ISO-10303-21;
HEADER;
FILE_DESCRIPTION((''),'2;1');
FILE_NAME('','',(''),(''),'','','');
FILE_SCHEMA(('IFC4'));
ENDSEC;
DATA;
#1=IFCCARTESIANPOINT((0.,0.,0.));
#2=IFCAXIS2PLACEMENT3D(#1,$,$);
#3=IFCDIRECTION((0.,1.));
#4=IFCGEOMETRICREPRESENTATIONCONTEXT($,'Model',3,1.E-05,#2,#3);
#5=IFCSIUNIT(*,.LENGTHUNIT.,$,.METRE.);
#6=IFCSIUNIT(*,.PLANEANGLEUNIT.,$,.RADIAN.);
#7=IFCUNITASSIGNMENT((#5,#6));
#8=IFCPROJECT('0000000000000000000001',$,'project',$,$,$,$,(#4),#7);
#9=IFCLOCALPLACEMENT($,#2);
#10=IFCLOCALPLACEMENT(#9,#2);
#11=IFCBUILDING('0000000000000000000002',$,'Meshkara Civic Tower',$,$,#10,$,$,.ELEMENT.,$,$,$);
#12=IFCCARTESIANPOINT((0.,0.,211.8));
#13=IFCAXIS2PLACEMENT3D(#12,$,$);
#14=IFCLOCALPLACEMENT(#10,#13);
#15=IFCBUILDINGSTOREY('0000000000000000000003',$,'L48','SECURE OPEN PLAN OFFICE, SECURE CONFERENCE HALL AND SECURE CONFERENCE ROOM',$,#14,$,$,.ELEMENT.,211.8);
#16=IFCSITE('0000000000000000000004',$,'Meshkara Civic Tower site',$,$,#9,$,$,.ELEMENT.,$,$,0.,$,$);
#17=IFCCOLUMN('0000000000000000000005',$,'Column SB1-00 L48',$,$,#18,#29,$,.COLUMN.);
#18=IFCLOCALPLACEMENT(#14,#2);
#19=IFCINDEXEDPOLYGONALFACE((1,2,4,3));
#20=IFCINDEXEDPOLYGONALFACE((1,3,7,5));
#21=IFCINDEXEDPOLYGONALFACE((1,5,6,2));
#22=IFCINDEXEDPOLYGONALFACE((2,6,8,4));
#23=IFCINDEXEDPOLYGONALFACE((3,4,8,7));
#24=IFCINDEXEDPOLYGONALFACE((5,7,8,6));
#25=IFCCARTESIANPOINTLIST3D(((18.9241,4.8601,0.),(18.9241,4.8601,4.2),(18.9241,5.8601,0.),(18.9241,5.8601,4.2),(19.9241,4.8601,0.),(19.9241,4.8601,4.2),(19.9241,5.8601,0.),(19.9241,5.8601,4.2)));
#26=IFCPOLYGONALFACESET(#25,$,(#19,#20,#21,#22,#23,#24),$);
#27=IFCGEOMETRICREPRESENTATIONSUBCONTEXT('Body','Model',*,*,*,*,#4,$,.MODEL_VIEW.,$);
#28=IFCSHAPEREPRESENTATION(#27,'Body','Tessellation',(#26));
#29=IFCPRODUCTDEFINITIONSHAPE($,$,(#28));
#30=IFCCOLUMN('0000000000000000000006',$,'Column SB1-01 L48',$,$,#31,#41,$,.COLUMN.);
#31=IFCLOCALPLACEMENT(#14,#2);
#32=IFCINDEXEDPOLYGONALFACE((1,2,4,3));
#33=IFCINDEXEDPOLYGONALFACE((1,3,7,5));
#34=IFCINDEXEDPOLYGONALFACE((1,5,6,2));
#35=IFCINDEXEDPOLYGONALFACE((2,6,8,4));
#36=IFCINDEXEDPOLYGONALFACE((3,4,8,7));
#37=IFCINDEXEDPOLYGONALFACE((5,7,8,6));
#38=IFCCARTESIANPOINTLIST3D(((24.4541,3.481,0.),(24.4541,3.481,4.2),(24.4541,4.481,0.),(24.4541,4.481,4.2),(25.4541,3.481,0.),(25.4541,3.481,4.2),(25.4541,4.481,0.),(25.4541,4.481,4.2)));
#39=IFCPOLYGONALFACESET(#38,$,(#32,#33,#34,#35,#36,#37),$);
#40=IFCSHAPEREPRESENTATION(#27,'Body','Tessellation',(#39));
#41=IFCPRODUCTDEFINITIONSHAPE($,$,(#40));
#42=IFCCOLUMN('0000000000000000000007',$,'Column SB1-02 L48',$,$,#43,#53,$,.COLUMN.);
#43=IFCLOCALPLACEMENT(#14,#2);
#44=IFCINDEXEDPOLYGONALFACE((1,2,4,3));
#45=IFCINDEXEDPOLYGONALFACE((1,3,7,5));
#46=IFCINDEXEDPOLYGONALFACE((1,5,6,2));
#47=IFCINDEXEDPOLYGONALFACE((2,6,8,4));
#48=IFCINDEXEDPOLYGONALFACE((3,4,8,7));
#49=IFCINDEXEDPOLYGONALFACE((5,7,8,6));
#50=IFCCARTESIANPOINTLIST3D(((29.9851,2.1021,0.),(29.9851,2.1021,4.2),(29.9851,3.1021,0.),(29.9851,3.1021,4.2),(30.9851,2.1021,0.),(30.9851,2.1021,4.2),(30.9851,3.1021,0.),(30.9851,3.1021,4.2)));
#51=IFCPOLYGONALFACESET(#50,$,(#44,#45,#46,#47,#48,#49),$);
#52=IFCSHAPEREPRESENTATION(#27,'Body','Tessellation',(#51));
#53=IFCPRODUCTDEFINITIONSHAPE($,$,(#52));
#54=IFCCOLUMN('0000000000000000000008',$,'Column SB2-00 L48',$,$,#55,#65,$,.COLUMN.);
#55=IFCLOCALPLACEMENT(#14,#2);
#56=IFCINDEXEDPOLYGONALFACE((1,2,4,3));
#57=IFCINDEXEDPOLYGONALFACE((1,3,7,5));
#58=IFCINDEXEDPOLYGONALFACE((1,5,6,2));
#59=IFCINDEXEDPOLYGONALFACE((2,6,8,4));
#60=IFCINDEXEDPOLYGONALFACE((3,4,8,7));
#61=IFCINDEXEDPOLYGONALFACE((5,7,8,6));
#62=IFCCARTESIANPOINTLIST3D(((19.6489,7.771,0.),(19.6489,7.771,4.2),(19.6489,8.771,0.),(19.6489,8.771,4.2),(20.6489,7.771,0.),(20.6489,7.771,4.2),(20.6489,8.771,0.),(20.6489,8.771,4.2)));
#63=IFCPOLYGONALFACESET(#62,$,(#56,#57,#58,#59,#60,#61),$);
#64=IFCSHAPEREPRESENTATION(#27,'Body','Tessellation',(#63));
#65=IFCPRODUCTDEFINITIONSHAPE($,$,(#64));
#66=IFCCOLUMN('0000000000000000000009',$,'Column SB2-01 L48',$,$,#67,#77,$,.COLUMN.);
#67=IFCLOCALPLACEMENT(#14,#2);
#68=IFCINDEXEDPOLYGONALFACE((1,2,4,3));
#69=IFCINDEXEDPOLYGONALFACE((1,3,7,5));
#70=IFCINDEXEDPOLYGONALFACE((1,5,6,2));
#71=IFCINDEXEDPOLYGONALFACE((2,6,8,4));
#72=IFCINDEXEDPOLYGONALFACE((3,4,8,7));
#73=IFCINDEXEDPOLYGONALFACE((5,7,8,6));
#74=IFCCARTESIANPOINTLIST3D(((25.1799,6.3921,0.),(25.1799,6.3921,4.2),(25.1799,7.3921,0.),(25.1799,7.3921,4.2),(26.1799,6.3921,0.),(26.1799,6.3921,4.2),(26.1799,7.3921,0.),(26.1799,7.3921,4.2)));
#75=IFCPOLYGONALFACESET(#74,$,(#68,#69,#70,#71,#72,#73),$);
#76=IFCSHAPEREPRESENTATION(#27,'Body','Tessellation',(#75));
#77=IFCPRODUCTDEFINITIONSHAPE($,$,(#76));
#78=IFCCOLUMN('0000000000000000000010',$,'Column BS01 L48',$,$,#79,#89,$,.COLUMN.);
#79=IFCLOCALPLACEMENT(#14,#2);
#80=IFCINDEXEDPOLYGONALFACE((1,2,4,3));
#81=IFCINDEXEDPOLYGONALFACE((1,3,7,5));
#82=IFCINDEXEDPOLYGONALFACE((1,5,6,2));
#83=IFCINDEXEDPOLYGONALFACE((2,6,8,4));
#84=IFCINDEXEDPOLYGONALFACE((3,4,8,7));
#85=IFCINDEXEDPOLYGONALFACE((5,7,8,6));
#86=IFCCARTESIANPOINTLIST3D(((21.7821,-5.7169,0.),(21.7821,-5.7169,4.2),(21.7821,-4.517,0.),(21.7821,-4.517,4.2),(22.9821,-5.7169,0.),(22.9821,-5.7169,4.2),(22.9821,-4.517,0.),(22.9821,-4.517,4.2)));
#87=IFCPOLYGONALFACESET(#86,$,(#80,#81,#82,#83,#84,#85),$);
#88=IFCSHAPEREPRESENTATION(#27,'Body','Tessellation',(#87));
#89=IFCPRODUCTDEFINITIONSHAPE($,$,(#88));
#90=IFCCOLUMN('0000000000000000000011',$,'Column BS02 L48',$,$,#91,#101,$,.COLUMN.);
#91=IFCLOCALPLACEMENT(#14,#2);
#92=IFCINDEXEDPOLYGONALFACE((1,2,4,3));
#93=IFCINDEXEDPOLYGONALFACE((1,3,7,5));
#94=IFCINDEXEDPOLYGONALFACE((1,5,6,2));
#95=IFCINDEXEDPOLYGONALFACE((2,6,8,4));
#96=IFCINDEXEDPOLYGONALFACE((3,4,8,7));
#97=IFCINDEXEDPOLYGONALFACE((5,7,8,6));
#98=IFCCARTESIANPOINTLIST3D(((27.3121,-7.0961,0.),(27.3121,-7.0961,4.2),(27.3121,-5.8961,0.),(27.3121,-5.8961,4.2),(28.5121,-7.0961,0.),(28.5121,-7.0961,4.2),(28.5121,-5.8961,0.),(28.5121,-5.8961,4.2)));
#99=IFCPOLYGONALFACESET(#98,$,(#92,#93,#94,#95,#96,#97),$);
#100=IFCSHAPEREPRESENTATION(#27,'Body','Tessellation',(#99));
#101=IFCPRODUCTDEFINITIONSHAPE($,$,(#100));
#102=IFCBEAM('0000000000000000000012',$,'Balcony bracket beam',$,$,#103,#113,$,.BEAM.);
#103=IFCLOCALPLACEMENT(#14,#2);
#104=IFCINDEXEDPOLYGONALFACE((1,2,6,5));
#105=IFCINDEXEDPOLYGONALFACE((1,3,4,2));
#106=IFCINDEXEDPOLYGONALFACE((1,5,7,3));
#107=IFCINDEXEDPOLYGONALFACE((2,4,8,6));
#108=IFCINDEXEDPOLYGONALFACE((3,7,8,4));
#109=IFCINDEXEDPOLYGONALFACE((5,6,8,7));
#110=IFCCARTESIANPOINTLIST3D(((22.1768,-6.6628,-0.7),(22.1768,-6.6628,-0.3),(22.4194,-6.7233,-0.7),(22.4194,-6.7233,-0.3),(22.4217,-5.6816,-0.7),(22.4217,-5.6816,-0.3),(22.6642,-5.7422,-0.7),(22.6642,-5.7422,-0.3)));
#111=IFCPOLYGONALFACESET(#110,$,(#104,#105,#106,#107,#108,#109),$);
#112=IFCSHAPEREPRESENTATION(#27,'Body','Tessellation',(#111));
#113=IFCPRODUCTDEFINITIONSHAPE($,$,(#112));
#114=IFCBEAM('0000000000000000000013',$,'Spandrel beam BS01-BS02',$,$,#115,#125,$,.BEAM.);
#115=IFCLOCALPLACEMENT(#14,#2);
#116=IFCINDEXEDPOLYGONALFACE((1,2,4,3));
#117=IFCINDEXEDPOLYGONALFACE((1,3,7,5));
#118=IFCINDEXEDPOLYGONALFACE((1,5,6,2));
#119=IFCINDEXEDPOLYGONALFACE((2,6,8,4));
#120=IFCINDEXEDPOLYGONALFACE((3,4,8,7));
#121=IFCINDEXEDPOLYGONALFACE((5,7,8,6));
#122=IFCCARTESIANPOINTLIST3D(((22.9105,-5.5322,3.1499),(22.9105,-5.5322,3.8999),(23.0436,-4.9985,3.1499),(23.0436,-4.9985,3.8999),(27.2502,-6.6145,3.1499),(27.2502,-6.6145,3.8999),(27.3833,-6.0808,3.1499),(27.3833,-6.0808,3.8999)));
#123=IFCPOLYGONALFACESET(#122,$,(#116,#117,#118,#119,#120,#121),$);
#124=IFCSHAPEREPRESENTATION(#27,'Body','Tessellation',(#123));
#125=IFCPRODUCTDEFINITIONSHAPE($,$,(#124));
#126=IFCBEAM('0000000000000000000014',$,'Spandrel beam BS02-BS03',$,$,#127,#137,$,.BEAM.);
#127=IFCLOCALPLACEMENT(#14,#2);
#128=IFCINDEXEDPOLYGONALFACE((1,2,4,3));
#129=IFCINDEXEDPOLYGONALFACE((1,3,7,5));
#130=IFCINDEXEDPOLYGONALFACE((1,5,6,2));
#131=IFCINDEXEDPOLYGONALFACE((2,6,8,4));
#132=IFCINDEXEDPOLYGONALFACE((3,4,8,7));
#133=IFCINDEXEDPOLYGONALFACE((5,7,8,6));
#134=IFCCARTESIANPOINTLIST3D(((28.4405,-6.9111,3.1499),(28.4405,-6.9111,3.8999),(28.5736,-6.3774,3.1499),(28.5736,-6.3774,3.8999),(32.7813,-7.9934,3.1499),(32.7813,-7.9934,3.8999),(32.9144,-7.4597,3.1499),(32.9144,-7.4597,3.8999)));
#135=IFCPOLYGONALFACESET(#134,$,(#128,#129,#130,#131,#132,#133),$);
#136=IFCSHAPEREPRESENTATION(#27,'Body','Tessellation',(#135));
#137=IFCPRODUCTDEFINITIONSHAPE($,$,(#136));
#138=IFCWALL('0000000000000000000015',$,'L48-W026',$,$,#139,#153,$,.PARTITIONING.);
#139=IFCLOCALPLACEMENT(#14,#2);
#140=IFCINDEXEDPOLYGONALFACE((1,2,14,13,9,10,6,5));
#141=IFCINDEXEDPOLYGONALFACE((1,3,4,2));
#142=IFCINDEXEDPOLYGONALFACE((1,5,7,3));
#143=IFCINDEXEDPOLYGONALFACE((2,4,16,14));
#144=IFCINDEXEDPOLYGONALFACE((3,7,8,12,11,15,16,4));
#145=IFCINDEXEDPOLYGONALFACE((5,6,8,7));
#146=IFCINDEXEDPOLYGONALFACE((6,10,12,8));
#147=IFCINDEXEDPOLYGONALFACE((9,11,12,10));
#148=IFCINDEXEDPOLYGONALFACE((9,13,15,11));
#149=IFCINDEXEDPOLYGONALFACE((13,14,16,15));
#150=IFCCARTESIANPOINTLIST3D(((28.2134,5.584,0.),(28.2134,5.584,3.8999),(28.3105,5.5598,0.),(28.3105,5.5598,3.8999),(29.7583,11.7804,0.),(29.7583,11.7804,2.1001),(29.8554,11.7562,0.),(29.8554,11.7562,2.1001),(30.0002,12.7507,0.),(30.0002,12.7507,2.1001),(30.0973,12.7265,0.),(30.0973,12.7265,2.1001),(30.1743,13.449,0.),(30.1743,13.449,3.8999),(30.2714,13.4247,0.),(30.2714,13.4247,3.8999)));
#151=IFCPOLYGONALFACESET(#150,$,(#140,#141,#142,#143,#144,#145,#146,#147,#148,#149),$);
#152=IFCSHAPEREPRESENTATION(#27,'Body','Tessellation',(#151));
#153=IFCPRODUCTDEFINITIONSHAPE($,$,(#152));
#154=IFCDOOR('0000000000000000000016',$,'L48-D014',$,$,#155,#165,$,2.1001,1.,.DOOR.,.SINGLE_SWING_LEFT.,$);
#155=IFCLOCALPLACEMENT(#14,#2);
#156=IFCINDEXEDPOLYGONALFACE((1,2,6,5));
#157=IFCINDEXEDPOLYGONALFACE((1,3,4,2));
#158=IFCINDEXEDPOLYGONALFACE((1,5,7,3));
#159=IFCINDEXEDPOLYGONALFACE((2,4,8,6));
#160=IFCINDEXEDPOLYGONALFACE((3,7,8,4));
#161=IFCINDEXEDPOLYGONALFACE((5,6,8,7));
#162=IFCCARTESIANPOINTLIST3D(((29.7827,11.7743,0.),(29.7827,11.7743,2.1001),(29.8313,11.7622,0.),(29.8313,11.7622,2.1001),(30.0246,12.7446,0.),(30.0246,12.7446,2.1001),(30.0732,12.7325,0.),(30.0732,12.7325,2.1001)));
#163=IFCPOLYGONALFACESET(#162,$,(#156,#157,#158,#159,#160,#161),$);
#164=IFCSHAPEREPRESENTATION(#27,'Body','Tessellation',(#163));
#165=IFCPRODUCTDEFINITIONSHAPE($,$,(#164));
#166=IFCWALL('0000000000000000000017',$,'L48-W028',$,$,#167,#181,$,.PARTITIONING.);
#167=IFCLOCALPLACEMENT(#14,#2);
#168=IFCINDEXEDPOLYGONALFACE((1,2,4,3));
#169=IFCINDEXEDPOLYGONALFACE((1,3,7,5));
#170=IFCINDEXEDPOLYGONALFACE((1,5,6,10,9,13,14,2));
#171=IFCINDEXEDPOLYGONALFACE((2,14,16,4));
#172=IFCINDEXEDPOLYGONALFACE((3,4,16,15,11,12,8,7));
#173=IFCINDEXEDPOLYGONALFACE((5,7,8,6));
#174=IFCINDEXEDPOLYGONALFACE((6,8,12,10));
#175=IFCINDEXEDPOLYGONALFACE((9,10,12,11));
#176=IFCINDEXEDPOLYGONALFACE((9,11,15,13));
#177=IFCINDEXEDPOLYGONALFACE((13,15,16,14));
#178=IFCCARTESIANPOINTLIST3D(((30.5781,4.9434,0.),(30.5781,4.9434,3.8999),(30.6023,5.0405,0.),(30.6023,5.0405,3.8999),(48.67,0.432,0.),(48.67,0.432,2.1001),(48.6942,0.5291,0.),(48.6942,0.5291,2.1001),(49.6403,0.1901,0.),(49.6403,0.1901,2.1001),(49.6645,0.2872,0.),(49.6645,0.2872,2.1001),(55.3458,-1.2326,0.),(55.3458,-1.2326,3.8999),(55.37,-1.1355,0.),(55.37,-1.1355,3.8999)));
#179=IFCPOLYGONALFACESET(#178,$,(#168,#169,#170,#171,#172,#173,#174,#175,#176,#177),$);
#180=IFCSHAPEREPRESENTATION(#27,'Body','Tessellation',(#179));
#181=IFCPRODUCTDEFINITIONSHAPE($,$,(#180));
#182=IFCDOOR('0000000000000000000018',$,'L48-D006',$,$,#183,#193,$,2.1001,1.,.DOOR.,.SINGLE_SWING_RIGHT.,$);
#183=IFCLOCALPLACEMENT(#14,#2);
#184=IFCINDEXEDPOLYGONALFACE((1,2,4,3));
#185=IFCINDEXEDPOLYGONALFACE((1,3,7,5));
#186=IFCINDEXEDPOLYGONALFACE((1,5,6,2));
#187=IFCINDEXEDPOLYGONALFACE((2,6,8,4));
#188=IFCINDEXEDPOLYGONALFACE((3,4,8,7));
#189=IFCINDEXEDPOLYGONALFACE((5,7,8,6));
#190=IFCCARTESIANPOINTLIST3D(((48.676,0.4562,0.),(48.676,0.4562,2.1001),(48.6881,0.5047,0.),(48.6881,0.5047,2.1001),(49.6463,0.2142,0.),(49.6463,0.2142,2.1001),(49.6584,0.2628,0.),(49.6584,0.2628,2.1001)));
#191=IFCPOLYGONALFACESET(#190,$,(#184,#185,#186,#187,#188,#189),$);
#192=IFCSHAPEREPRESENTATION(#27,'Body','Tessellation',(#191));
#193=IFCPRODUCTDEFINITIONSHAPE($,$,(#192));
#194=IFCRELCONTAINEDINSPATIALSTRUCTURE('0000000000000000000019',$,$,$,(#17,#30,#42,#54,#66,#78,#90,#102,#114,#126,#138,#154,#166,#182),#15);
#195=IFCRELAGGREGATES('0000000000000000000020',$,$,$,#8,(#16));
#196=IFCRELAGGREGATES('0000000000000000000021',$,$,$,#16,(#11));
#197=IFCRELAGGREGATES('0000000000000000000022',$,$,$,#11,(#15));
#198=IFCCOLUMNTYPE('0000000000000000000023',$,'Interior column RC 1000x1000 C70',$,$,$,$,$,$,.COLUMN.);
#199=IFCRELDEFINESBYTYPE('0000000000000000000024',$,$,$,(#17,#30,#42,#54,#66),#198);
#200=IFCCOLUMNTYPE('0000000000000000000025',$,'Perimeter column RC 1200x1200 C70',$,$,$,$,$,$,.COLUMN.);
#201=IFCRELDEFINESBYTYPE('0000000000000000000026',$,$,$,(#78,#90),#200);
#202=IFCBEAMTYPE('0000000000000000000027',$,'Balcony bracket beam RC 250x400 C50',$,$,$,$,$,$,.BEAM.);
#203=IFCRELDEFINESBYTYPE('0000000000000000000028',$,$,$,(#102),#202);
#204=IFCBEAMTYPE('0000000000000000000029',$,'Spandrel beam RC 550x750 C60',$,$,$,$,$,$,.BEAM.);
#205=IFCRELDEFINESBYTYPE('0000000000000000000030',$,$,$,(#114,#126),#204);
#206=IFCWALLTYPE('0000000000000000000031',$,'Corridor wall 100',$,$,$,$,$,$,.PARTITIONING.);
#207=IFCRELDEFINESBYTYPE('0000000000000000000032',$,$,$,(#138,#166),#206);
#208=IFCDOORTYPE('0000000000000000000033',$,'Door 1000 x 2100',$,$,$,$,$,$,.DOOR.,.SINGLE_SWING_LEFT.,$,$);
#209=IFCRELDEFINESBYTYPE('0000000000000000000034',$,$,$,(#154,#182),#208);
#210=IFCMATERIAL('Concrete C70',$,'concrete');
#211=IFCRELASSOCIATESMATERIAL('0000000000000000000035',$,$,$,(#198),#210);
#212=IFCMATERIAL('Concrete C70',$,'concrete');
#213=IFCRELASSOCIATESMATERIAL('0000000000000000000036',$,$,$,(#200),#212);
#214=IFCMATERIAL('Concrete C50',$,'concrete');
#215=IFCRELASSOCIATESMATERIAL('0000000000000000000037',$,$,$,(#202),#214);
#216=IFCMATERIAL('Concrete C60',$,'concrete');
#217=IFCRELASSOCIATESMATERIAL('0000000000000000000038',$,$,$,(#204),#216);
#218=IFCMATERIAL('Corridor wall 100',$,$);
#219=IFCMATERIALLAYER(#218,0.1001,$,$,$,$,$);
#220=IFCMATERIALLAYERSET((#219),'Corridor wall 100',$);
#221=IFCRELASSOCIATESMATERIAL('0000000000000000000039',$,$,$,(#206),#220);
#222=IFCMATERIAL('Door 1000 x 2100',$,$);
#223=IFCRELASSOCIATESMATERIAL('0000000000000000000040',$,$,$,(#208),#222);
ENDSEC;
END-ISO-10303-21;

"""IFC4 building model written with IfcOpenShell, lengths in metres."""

from ifc_helpers import new_model, si_unit, direction, frame, frame_2d, origin, origin_2d, place, context, subcontext, project, spatial, rectangle, extrude, material, layer, layer_set, material_profile, profile_set, type_object, element, fill, save


model = new_model("IFC4")

# Units and contexts
model_context = context("Model", 3, precision=1e-05, world=origin(), true_north=direction((0.0, 1.0)))
body_context = subcontext(model_context, "Body", "Model", "MODEL_VIEW")
ifc_project = project(units=[si_unit("LENGTHUNIT", "METRE"), si_unit("PLANEANGLEUNIT", "RADIAN")], contexts=[model_context])

# Site, building, storey
site_placement = place(None, origin())
site = spatial("IfcSite", under=ifc_project, at=site_placement, Name="Meshkara Civic Tower site", CompositionType="ELEMENT", RefElevation=0.0)
building_placement = place(site_placement, origin())
building = spatial("IfcBuilding", under=site, at=building_placement, Name="Meshkara Civic Tower", CompositionType="ELEMENT")
storey_placement = place(building_placement, frame((0.0, 0.0, 211.8)))
storey = spatial("IfcBuildingStorey", under=building, at=storey_placement, Name="L48", Description="SECURE OPEN PLAN OFFICE, SECURE CONFERENCE HALL AND SECURE CONFERENCE ROOM", CompositionType="ELEMENT", Elevation=211.8)

# Columns
ifc_material_1 = material(Name="Concrete C70", Category="concrete")
ifc_material_profile_1 = material_profile(ifc_material_1, rectangle(XDim=1.0, YDim=1.0, at=origin_2d()))
ifc_profile_set_1 = profile_set([ifc_material_profile_1], Name="Concrete C70")
column_type_1 = type_object("IfcColumnType", Name="Interior column RC 1000x1000 C70", PredefinedType="COLUMN", material=ifc_profile_set_1)
for number, where, z_axis, x_axis, name in (
    (1, (19.4241, 5.3601, 0.0), (0.0, 0.0, 1.0), (1.0, 0.0, 0.0), "Column SB1-00 L48"),
    (2, (24.9541, 3.981, 0.0), (0.0, 0.0, 1.0), (1.0, 0.0, 0.0), "Column SB1-01 L48"),
    (3, (30.4851, 2.6021, 0.0), (0.0, 0.0, 1.0), (1.0, 0.0, 0.0), "Column SB1-02 L48"),
    (4, (20.1489, 8.271, 0.0), (0.0, 0.0, 1.0), (1.0, 0.0, 0.0), "Column SB2-00 L48"),
    (5, (25.6799, 6.8921, 0.0), (0.0, 0.0, 1.0), (1.0, 0.0, 0.0), "Column SB2-01 L48"),
):
    element("IfcColumn", number, at=place(storey_placement, frame(where, z_axis=z_axis, x_axis=x_axis)), inside=storey, type_object=column_type_1, Name=name, PredefinedType="COLUMN", context=body_context, shape_type="SweptSolid", body=[
        extrude(rectangle(XDim=1.0, YDim=1.0, at=origin_2d()), origin(), (0.0, 0.0, 1.0), 4.2),
    ])
ifc_material_2 = material(Name="Concrete C70", Category="concrete")
ifc_material_profile_2 = material_profile(ifc_material_2, rectangle(XDim=1.2, YDim=1.2, at=origin_2d()))
ifc_profile_set_2 = profile_set([ifc_material_profile_2], Name="Concrete C70")
column_type_2 = type_object("IfcColumnType", Name="Perimeter column RC 1200x1200 C70", PredefinedType="COLUMN", material=ifc_profile_set_2)
for number, where, z_axis, x_axis, name in (
    (6, (22.3821, -5.1169, 0.0), (0.0, 0.0, 1.0), (1.0, 0.0, 0.0), "Column BS01 L48"),
    (7, (27.9121, -6.4961, 0.0), (0.0, 0.0, 1.0), (1.0, 0.0, 0.0), "Column BS02 L48"),
):
    element("IfcColumn", number, at=place(storey_placement, frame(where, z_axis=z_axis, x_axis=x_axis)), inside=storey, type_object=column_type_2, Name=name, PredefinedType="COLUMN", context=body_context, shape_type="SweptSolid", body=[
        extrude(rectangle(XDim=1.2, YDim=1.2, at=origin_2d()), origin(), (0.0, 0.0, 1.0), 4.2),
    ])

# Beams
ifc_material_3 = material(Name="Concrete C50", Category="concrete")
ifc_material_profile_3 = material_profile(ifc_material_3, rectangle(XDim=0.25, YDim=0.3999, at=origin_2d()))
ifc_profile_set_3 = profile_set([ifc_material_profile_3], Name="Concrete C50")
beam_type_1 = type_object("IfcBeamType", Name="Balcony bracket beam RC 250x400 C50", PredefinedType="BEAM", material=ifc_profile_set_3)
beam_1_placement = place(storey_placement, frame((22.543, -5.7119, -0.5), z_axis=(-0.242138, -0.970242, 0.0), x_axis=(0.970242, -0.242138, 0.0)))
element("IfcBeam", 8, at=beam_1_placement, inside=storey, type_object=beam_type_1, Name="Balcony bracket beam", PredefinedType="BEAM", context=body_context, shape_type="SweptSolid", body=[
    extrude(rectangle(XDim=0.25, YDim=0.3999, at=origin_2d()), origin(), (0.0, 0.0, 1.0), 1.0112),
])
ifc_material_4 = material(Name="Concrete C60", Category="concrete")
ifc_material_profile_4 = material_profile(ifc_material_4, rectangle(XDim=0.55, YDim=0.75, at=origin_2d()))
ifc_profile_set_4 = profile_set([ifc_material_profile_4], Name="Concrete C60")
beam_type_2 = type_object("IfcBeamType", Name="Spandrel beam RC 550x750 C60", PredefinedType="BEAM", material=ifc_profile_set_4)
beam_2_placement = place(storey_placement, frame((22.9771, -5.2654, 3.5249), z_axis=(0.970284, -0.24197, 0.0), x_axis=(0.24197, 0.970284, 0.0)))
element("IfcBeam", 9, at=beam_2_placement, inside=storey, type_object=beam_type_2, Name="Spandrel beam BS01-BS02", PredefinedType="BEAM", context=body_context, shape_type="SweptSolid", body=[
    extrude(rectangle(XDim=0.55, YDim=0.75, at=origin_2d()), origin(), (0.0, 0.0, 1.0), 4.4727),
])
beam_3_placement = place(storey_placement, frame((28.5071, -6.6443, 3.5249), z_axis=(0.970296, -0.241919, 0.0), x_axis=(0.241919, 0.970296, 0.0)))
element("IfcBeam", 10, at=beam_3_placement, inside=storey, type_object=beam_type_2, Name="Spandrel beam BS02-BS03", PredefinedType="BEAM", context=body_context, shape_type="SweptSolid", body=[
    extrude(rectangle(XDim=0.55, YDim=0.75, at=origin_2d()), origin(), (0.0, 0.0, 1.0), 4.4736),
])

# Walls, openings, doors
ifc_material_5 = material(Name="Corridor wall 100")
ifc_layer_1 = layer(ifc_material_5, 0.1001)
ifc_layer_set_1 = layer_set([ifc_layer_1], Name="Corridor wall 100")
wall_type_1 = type_object("IfcWallType", Name="Corridor wall 100", PredefinedType="PARTITIONING", material=ifc_layer_set_1)
wall_1_placement = place(storey_placement, frame((28.262, 5.572, 0.0), z_axis=(0.0, 0.0, 1.0), x_axis=(0.241919, 0.970296, 0.0)))
wall_1 = element("IfcWall", 11, at=wall_1_placement, inside=storey, type_object=wall_type_1, Name="L48-W026", PredefinedType="PARTITIONING", context=body_context, shape_type="SweptSolid", body=[
    extrude(rectangle(XDim=8.1057, YDim=0.1001, at=frame_2d((4.0527, 0.0))), origin(), (0.0, 0.0, 1.0), 3.8999),
])
opening_1_placement = place(wall_1_placement, frame((6.386, 0.0, 0.0)))
opening_1 = element("IfcOpeningElement", 12, at=opening_1_placement, cuts=wall_1, PredefinedType="OPENING", context=body_context, shape_type="SweptSolid", body=[
    extrude(rectangle(XDim=1.0, YDim=2.1001, at=frame_2d((0.5, 1.05))), frame((0.0, 0.0601, 0.0), z_axis=(0.0, -1.0, 0.0), x_axis=(1.0, 0.0, 0.0)), (0.0, 0.0, 1.0), 0.1201),
])
ifc_material_6 = material(Name="Door 1000 x 2100")
door_type_1 = type_object("IfcDoorType", Name="Door 1000 x 2100", OperationType="SINGLE_SWING_LEFT", PredefinedType="DOOR", material=ifc_material_6)
door_1_placement = place(opening_1_placement, origin())
door_1 = element("IfcDoor", 13, at=door_1_placement, inside=storey, type_object=door_type_1, Name="L48-D014", OperationType="SINGLE_SWING_LEFT", OverallHeight=2.1001, OverallWidth=1.0, PredefinedType="DOOR", context=body_context, shape_type="SweptSolid", body=[
    extrude(rectangle(XDim=1.0, YDim=2.1001, at=frame_2d((0.5, 1.05))), frame((0.0, 0.0249, 0.0), z_axis=(0.0, -1.0, 0.0), x_axis=(1.0, 0.0, 0.0)), (0.0, 0.0, 1.0), 0.05),
])
fill(opening_1, door_1)
wall_2_placement = place(storey_placement, frame((30.5901, 4.9919, 0.0), z_axis=(0.0, 0.0, 1.0), x_axis=(0.970289, -0.241948, 0.0)))
wall_2 = element("IfcWall", 14, at=wall_2_placement, inside=storey, type_object=wall_type_1, Name="L48-W028", PredefinedType="PARTITIONING", context=body_context, shape_type="SweptSolid", body=[
    extrude(rectangle(XDim=25.5261, YDim=0.1001, at=frame_2d((12.7632, 0.0))), origin(), (0.0, 0.0, 1.0), 3.8999),
])
opening_2_placement = place(wall_2_placement, frame((18.646, 0.0, 0.0)))
opening_2 = element("IfcOpeningElement", 15, at=opening_2_placement, cuts=wall_2, PredefinedType="OPENING", context=body_context, shape_type="SweptSolid", body=[
    extrude(rectangle(XDim=1.0, YDim=2.1001, at=frame_2d((0.5, 1.05))), frame((0.0, 0.0601, 0.0), z_axis=(0.0, -1.0, 0.0), x_axis=(1.0, 0.0, 0.0)), (0.0, 0.0, 1.0), 0.1201),
])
door_2_placement = place(opening_2_placement, origin())
door_2 = element("IfcDoor", 16, at=door_2_placement, inside=storey, type_object=door_type_1, Name="L48-D006", OperationType="SINGLE_SWING_RIGHT", OverallHeight=2.1001, OverallWidth=1.0, PredefinedType="DOOR", context=body_context, shape_type="SweptSolid", body=[
    extrude(rectangle(XDim=1.0, YDim=2.1001, at=frame_2d((0.5, 1.05))), frame((0.0, 0.0249, 0.0), z_axis=(0.0, -1.0, 0.0), x_axis=(1.0, 0.0, 0.0)), (0.0, 0.0, 1.0), 0.05),
])
fill(opening_2, door_2)

save(model, "model.ifc")
